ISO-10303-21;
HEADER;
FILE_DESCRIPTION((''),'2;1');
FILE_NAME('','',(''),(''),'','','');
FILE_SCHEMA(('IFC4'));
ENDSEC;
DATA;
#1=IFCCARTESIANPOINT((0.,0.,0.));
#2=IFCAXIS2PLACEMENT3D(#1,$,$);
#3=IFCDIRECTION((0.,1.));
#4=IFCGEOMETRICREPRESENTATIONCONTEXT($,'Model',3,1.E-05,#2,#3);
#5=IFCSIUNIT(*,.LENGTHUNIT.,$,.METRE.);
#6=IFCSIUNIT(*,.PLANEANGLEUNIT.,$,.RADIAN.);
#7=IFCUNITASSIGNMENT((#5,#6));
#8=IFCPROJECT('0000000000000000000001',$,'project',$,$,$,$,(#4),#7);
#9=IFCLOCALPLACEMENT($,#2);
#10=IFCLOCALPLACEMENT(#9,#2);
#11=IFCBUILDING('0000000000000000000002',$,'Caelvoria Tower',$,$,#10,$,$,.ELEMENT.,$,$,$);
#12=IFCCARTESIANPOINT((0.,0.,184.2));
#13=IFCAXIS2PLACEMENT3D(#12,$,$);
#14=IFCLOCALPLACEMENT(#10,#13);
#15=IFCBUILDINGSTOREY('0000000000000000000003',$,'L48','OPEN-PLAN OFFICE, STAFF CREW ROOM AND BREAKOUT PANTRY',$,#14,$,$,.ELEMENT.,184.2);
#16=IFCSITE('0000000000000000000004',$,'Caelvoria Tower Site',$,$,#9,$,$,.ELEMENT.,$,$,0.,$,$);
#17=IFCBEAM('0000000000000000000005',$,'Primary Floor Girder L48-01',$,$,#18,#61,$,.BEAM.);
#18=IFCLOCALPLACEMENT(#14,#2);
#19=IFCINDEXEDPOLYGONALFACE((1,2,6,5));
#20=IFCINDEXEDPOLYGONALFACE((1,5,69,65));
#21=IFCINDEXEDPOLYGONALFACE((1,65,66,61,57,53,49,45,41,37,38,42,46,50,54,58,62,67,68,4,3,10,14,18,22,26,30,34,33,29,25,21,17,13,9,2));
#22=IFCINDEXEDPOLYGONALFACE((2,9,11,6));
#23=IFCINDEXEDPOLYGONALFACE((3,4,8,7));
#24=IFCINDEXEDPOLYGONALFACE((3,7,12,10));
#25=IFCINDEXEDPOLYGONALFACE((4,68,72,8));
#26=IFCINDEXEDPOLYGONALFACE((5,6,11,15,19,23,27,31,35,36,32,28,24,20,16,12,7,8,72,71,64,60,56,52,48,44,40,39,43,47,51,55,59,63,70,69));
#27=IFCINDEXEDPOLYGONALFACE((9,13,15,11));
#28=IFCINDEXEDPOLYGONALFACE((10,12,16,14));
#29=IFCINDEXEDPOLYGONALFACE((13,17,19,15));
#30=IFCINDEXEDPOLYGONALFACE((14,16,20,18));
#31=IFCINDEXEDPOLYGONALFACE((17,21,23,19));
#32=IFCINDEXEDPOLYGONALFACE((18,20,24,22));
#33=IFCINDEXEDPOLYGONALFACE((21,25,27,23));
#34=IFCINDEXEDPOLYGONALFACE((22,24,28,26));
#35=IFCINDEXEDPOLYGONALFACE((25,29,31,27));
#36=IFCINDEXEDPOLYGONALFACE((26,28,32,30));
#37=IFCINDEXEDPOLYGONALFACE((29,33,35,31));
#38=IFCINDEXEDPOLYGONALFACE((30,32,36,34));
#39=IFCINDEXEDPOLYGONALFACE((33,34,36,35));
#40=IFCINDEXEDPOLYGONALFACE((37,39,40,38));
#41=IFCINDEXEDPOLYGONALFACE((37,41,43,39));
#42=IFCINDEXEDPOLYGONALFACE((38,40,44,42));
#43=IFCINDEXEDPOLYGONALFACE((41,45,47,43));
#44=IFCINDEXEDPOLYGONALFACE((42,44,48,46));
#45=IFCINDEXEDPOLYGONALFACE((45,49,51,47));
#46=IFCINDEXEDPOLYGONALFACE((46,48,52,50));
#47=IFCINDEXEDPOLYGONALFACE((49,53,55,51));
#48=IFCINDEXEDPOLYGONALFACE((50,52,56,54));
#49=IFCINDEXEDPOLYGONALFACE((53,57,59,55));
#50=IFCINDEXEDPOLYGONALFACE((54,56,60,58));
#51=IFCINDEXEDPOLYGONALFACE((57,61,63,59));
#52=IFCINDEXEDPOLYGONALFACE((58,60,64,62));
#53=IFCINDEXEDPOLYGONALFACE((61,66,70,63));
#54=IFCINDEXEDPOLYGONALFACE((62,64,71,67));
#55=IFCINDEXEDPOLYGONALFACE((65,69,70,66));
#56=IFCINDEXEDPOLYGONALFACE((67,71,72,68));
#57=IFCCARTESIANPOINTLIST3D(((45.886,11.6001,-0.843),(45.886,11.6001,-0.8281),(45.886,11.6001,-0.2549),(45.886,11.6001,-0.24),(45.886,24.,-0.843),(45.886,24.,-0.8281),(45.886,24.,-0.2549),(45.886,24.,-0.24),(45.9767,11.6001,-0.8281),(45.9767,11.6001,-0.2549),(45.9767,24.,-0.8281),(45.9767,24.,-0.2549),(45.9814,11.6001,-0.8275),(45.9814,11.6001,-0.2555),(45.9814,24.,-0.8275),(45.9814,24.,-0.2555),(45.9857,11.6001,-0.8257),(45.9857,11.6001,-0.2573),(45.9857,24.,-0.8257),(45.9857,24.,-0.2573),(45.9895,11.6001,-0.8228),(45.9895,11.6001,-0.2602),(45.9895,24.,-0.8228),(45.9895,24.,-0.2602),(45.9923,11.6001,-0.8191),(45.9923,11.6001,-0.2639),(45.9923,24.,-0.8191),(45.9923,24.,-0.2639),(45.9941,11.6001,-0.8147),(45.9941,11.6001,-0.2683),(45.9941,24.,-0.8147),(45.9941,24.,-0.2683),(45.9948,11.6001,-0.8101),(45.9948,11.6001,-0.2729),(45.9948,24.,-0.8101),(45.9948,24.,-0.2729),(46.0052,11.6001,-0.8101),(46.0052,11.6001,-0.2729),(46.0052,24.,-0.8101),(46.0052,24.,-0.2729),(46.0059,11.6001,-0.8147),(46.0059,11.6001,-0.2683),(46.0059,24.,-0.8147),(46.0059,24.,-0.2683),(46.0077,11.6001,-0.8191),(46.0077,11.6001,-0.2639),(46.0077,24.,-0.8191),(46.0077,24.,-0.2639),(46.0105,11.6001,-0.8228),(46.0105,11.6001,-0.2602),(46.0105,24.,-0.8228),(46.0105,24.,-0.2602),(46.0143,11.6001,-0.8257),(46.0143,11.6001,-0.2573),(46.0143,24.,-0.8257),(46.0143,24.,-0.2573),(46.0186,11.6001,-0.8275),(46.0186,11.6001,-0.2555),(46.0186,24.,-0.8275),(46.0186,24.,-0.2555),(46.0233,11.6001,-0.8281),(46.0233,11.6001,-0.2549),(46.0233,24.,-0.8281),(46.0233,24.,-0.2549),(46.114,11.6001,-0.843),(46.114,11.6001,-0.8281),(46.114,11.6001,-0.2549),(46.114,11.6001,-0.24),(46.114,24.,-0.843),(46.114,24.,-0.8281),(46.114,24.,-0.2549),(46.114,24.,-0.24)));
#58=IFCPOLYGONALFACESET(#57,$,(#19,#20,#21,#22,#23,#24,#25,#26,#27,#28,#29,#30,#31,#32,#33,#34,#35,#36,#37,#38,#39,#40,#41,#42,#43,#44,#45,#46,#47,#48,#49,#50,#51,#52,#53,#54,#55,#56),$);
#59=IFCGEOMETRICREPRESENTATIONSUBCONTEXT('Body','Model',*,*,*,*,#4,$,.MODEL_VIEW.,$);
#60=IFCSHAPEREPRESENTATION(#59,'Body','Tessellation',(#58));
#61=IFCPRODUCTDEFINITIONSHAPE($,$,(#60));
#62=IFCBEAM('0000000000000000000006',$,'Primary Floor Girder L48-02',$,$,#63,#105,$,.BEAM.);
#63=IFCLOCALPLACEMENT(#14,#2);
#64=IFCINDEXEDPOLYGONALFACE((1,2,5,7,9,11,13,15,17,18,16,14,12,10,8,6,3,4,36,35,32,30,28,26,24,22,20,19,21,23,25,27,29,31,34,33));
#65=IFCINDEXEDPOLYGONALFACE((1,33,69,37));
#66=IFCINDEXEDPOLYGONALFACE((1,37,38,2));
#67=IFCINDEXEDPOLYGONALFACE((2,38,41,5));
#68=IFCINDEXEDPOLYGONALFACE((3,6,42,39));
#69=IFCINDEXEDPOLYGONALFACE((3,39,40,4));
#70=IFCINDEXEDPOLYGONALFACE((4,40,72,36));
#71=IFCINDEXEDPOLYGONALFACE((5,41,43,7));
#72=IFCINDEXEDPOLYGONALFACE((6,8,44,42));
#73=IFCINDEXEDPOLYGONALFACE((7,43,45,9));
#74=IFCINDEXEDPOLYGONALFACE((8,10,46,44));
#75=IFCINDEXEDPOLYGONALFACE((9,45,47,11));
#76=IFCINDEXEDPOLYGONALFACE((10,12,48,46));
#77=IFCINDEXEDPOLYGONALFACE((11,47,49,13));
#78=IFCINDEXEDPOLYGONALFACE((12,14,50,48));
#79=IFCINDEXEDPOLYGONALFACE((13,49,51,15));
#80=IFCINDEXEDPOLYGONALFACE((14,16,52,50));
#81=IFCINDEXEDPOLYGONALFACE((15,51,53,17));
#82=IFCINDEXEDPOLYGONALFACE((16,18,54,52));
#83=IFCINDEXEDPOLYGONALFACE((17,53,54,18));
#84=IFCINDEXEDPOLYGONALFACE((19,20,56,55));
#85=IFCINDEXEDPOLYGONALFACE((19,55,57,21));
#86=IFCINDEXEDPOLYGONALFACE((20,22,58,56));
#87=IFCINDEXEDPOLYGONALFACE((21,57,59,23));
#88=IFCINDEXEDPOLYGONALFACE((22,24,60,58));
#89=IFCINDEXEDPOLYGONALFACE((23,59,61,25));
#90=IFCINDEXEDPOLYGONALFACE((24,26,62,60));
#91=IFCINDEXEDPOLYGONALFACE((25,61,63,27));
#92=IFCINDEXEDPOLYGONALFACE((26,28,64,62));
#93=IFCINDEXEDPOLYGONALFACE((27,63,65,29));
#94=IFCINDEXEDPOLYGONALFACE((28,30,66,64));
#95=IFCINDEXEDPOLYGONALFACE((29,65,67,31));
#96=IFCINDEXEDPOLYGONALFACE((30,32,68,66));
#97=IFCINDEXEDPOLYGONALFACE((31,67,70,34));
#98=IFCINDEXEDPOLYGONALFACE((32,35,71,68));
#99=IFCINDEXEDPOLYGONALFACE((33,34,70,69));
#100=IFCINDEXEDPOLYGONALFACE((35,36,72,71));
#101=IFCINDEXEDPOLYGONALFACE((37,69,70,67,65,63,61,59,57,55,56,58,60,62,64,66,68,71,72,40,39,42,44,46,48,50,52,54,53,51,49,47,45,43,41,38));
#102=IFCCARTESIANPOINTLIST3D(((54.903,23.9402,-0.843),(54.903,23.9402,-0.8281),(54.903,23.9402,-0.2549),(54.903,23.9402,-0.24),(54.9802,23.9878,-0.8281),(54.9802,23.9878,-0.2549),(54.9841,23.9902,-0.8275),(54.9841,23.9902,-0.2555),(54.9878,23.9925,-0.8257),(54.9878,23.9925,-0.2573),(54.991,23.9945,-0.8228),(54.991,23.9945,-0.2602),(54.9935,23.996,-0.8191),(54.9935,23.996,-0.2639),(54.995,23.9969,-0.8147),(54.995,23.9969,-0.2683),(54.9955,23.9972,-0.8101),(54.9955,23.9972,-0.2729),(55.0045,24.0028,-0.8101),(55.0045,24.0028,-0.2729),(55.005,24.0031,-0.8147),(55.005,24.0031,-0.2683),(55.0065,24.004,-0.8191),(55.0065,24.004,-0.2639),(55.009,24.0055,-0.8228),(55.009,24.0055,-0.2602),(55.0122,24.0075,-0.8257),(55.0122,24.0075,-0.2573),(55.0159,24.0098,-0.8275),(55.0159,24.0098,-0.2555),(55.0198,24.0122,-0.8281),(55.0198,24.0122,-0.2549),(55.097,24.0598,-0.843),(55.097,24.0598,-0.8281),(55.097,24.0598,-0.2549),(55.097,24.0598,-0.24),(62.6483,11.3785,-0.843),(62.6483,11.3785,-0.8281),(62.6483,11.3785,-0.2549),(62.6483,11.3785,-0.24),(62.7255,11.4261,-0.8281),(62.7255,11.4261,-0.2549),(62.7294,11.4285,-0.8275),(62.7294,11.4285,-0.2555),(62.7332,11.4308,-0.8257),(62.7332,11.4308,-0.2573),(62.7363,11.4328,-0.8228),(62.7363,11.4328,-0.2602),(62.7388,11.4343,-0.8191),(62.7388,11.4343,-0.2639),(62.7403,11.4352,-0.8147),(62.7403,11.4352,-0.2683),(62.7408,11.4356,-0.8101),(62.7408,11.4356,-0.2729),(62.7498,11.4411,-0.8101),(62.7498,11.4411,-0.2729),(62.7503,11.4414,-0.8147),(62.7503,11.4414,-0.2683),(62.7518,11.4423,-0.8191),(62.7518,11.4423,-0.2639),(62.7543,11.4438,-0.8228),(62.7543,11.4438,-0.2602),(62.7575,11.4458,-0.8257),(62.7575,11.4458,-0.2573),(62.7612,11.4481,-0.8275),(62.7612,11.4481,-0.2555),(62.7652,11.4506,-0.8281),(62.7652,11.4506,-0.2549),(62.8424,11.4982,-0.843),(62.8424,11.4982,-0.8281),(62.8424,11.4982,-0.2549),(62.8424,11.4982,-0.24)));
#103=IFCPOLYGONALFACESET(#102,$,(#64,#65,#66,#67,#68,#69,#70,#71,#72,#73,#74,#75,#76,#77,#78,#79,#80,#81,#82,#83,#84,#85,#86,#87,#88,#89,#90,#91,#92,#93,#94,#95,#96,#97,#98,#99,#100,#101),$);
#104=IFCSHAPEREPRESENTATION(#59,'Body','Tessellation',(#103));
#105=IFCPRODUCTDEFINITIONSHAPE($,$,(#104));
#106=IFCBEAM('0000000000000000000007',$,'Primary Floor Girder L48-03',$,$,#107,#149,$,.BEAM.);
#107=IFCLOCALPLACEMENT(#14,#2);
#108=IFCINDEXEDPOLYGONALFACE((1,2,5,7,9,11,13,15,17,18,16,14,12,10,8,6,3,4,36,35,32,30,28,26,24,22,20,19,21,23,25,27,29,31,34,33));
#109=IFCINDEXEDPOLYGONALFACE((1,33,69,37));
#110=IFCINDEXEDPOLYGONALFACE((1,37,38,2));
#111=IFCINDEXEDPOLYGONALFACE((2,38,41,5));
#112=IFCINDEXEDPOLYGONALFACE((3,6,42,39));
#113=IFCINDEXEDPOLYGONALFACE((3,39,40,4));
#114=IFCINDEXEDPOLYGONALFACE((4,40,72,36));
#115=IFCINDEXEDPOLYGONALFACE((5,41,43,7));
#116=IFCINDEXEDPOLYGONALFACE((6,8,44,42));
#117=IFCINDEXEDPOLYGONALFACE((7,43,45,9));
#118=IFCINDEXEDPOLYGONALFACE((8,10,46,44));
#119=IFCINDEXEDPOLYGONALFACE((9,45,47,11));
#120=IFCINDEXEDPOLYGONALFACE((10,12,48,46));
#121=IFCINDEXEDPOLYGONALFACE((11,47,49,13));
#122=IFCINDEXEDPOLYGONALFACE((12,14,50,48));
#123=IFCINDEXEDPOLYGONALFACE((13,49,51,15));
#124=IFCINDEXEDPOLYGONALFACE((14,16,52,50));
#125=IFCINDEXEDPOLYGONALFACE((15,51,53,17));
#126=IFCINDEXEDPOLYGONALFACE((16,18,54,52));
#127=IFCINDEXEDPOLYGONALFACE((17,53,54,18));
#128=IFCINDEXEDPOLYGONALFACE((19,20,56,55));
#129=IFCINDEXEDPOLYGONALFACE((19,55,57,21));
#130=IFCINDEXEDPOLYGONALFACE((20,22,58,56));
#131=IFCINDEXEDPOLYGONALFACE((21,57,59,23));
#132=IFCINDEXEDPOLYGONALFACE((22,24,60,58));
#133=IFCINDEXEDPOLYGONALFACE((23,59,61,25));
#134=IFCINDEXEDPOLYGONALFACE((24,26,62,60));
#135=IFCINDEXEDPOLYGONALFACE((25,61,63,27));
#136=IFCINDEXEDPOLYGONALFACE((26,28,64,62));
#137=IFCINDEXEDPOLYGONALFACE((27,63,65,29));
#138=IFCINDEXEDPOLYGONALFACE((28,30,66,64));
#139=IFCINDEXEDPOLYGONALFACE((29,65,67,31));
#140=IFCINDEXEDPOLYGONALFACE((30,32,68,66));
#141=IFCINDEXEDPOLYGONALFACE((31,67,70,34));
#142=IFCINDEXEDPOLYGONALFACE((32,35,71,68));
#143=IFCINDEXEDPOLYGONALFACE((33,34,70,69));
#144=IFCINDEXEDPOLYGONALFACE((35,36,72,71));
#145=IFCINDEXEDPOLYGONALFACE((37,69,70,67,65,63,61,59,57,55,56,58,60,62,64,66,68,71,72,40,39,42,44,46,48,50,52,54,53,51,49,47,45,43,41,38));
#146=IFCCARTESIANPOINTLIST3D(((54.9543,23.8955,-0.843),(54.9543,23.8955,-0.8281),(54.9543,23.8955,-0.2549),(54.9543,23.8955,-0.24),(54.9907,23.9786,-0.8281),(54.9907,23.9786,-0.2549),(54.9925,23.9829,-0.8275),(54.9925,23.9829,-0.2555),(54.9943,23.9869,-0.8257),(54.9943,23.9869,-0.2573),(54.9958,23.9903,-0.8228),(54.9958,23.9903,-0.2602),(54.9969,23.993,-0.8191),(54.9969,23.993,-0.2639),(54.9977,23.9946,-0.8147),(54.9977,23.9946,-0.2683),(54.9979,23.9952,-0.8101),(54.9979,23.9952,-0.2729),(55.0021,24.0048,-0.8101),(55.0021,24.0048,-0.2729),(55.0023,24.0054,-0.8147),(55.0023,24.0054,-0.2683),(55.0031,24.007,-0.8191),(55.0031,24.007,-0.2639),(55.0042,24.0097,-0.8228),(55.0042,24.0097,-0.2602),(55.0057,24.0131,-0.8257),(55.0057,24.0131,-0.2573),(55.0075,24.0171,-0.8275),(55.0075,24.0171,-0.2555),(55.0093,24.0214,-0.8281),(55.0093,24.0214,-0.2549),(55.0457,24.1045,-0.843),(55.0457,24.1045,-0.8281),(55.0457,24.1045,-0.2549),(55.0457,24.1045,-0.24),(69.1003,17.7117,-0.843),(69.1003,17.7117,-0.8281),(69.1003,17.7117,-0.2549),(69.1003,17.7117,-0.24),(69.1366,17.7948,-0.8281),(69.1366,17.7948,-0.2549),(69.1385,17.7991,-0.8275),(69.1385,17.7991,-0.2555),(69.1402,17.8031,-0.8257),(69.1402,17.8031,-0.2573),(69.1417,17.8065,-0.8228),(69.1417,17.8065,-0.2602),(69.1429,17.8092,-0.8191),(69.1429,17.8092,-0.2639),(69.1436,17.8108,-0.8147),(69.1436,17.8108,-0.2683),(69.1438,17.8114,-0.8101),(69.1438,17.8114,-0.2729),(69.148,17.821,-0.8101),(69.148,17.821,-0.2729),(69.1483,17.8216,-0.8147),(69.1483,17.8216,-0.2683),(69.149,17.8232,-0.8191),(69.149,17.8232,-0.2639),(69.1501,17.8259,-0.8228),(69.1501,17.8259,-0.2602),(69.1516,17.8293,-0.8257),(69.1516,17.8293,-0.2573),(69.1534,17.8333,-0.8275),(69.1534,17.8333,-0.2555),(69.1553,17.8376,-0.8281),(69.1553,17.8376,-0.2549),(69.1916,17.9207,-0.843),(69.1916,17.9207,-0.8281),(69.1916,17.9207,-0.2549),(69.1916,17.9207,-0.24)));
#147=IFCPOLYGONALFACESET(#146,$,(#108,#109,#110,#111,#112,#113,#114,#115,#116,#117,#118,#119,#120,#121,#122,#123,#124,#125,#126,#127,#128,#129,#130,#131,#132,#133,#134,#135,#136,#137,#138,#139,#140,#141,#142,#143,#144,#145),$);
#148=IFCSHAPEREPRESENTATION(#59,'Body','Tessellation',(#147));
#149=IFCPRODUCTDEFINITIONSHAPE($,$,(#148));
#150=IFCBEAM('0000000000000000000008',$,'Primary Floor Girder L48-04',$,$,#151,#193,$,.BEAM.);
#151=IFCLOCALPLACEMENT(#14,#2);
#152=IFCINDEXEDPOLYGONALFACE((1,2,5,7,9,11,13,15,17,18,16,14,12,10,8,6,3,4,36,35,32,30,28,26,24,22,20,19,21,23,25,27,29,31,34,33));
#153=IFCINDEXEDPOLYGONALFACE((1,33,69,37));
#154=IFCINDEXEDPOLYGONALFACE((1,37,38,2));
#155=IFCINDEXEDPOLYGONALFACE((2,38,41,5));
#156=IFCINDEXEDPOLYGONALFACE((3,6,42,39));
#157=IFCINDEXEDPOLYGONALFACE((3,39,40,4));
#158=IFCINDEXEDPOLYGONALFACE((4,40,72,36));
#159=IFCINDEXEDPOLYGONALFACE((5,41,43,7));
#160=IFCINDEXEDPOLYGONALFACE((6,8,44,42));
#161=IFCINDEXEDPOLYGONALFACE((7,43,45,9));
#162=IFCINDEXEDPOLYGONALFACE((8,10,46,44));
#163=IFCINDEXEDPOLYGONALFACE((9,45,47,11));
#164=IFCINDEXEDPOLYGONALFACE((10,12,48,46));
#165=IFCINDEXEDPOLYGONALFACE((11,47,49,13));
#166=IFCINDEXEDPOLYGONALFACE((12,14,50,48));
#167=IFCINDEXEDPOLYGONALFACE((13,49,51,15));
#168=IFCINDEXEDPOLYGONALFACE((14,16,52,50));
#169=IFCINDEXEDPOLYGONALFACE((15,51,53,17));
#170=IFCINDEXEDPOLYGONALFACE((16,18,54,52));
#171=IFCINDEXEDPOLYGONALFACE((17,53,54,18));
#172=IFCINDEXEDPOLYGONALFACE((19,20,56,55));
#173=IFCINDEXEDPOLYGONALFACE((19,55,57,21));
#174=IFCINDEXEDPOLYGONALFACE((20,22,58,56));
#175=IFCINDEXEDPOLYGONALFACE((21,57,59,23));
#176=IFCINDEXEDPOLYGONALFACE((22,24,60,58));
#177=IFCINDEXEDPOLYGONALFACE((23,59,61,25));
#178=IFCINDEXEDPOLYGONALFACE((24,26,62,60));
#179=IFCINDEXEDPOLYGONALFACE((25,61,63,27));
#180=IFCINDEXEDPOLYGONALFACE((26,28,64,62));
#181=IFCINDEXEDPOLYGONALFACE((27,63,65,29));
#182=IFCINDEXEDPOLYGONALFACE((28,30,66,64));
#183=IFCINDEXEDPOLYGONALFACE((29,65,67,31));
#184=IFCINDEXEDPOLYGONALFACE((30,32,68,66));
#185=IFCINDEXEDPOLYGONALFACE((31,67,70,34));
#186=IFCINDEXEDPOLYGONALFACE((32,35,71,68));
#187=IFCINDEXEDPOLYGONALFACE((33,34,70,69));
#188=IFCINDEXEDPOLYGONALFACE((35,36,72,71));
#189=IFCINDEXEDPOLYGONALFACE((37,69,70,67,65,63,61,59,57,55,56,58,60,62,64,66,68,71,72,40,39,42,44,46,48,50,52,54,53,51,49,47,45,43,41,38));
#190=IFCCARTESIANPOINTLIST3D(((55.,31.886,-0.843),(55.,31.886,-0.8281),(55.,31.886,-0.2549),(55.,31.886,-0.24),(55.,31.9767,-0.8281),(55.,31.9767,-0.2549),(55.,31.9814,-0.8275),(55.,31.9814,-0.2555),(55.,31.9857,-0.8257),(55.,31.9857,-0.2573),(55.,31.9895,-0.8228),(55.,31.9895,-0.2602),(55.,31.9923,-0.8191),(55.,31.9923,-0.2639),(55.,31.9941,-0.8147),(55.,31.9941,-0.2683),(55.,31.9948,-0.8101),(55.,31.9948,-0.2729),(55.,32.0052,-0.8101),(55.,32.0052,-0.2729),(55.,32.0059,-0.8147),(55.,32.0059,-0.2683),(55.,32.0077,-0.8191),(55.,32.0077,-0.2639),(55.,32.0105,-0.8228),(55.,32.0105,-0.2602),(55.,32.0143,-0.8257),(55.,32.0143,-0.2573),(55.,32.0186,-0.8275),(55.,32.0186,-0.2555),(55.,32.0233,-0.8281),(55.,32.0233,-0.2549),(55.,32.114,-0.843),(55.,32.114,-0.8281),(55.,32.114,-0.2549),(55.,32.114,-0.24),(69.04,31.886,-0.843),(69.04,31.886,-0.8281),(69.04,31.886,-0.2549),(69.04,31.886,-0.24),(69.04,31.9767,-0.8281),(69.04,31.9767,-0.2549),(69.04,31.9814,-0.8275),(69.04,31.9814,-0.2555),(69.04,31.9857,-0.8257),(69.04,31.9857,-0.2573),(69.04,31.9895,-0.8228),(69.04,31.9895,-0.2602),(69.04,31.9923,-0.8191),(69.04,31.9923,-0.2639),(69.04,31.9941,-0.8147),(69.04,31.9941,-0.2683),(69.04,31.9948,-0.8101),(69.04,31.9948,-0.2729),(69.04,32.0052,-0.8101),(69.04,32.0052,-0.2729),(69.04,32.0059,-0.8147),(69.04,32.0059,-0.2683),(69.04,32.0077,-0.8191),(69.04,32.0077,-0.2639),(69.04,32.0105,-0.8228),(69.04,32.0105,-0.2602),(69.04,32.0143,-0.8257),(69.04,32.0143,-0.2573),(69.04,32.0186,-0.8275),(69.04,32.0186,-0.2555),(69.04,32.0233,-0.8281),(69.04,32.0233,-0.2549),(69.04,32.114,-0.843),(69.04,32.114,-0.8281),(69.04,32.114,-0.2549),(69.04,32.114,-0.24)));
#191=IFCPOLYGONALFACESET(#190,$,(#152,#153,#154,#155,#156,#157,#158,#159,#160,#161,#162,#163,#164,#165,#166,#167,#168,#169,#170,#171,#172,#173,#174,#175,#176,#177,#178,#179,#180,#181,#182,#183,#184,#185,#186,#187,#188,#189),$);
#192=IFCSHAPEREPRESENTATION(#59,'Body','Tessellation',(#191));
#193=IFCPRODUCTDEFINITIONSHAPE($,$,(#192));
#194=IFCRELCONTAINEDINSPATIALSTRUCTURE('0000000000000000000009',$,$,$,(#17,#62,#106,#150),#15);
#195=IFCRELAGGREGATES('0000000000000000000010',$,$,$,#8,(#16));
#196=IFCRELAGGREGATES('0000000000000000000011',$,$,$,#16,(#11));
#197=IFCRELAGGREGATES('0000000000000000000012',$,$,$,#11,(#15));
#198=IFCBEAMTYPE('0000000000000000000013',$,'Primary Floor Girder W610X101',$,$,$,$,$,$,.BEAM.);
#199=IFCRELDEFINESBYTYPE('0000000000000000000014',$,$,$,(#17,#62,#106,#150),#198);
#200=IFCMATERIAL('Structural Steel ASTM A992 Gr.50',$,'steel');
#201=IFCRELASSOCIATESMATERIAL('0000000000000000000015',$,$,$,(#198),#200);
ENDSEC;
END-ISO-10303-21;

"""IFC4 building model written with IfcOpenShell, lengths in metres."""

from ifc_helpers import new_model, si_unit, direction, frame, origin, origin_2d, place, context, subcontext, project, spatial, i_section, extrude, material, material_profile, profile_set, type_object, element, save


model = new_model("IFC4")

# Units and contexts
model_context = context("Model", 3, precision=1e-05, world=origin(), true_north=direction((0.0, 1.0)))
body_context = subcontext(model_context, "Body", "Model", "MODEL_VIEW")
ifc_project = project(units=[si_unit("LENGTHUNIT", "METRE"), si_unit("PLANEANGLEUNIT", "RADIAN")], contexts=[model_context])

# Site, building, storey
site_placement = place(None, origin())
site = spatial("IfcSite", under=ifc_project, at=site_placement, Name="Caelvoria Tower Site", CompositionType="ELEMENT", RefElevation=0.0)
building_placement = place(site_placement, origin())
building = spatial("IfcBuilding", under=site, at=building_placement, Name="Caelvoria Tower", CompositionType="ELEMENT")
storey_placement = place(building_placement, frame((0.0, 0.0, 184.2)))
storey = spatial("IfcBuildingStorey", under=building, at=storey_placement, Name="L48", Description="OPEN-PLAN OFFICE, STAFF CREW ROOM AND BREAKOUT PANTRY", CompositionType="ELEMENT", Elevation=184.2)

# Beams
ifc_material_1 = material(Name="Structural Steel ASTM A992 Gr.50", Category="steel")
ifc_material_profile = material_profile(ifc_material_1, i_section(OverallWidth=0.228, OverallDepth=0.603, WebThickness=0.0105, FlangeThickness=0.0149, FilletRadius=0.0181, at=origin_2d()), Name="Structural Steel ASTM A992 Gr.50")
ifc_profile_set = profile_set([ifc_material_profile], Name="W610X101 - Structural Steel ASTM A992 Gr.50")
beam_type = type_object("IfcBeamType", Name="Primary Floor Girder W610X101", PredefinedType="BEAM", material=ifc_profile_set)
beam_1_placement = place(storey_placement, frame((46.0, 24.0, -0.5415), z_axis=(0.0, -1.0, 0.0), x_axis=(1.0, 0.0, 0.0)))
element("IfcBeam", 1, at=beam_1_placement, inside=storey, type_object=beam_type, Name="Primary Floor Girder L48-01", PredefinedType="BEAM", context=body_context, shape_type="SweptSolid", body=[
    extrude(i_section(OverallWidth=0.228, OverallDepth=0.603, WebThickness=0.0105, FlangeThickness=0.0149, FilletRadius=0.0181, at=origin_2d()), origin(), (0.0, 0.0, 1.0), 12.3999),
])
beam_2_placement = place(storey_placement, frame((55.0, 24.0, -0.5415), z_axis=(0.524837, -0.851203, 0.0), x_axis=(0.851203, 0.524837, 0.0)))
element("IfcBeam", 2, at=beam_2_placement, inside=storey, type_object=beam_type, Name="Primary Floor Girder L48-02", PredefinedType="BEAM", context=body_context, shape_type="SweptSolid", body=[
    extrude(i_section(OverallWidth=0.228, OverallDepth=0.603, WebThickness=0.0105, FlangeThickness=0.0149, FilletRadius=0.0181, at=origin_2d()), origin(), (0.0, 0.0, 1.0), 14.7576),
])
beam_3_placement = place(storey_placement, frame((55.0, 24.0, -0.5415), z_axis=(0.916277, -0.400545, 0.0), x_axis=(0.400545, 0.916277, 0.0)))
element("IfcBeam", 3, at=beam_3_placement, inside=storey, type_object=beam_type, Name="Primary Floor Girder L48-03", PredefinedType="BEAM", context=body_context, shape_type="SweptSolid", body=[
    extrude(i_section(OverallWidth=0.228, OverallDepth=0.603, WebThickness=0.0105, FlangeThickness=0.0149, FilletRadius=0.0181, at=origin_2d()), origin(), (0.0, 0.0, 1.0), 15.4385),
])
beam_4_placement = place(storey_placement, frame((55.0, 32.0, -0.5415), z_axis=(1.0, 0.0, 0.0), x_axis=(0.0, 1.0, 0.0)))
element("IfcBeam", 4, at=beam_4_placement, inside=storey, type_object=beam_type, Name="Primary Floor Girder L48-04", PredefinedType="BEAM", context=body_context, shape_type="SweptSolid", body=[
    extrude(i_section(OverallWidth=0.228, OverallDepth=0.603, WebThickness=0.0105, FlangeThickness=0.0149, FilletRadius=0.0181, at=origin_2d()), origin(), (0.0, 0.0, 1.0), 14.04),
])

save(model, "model.ifc")
